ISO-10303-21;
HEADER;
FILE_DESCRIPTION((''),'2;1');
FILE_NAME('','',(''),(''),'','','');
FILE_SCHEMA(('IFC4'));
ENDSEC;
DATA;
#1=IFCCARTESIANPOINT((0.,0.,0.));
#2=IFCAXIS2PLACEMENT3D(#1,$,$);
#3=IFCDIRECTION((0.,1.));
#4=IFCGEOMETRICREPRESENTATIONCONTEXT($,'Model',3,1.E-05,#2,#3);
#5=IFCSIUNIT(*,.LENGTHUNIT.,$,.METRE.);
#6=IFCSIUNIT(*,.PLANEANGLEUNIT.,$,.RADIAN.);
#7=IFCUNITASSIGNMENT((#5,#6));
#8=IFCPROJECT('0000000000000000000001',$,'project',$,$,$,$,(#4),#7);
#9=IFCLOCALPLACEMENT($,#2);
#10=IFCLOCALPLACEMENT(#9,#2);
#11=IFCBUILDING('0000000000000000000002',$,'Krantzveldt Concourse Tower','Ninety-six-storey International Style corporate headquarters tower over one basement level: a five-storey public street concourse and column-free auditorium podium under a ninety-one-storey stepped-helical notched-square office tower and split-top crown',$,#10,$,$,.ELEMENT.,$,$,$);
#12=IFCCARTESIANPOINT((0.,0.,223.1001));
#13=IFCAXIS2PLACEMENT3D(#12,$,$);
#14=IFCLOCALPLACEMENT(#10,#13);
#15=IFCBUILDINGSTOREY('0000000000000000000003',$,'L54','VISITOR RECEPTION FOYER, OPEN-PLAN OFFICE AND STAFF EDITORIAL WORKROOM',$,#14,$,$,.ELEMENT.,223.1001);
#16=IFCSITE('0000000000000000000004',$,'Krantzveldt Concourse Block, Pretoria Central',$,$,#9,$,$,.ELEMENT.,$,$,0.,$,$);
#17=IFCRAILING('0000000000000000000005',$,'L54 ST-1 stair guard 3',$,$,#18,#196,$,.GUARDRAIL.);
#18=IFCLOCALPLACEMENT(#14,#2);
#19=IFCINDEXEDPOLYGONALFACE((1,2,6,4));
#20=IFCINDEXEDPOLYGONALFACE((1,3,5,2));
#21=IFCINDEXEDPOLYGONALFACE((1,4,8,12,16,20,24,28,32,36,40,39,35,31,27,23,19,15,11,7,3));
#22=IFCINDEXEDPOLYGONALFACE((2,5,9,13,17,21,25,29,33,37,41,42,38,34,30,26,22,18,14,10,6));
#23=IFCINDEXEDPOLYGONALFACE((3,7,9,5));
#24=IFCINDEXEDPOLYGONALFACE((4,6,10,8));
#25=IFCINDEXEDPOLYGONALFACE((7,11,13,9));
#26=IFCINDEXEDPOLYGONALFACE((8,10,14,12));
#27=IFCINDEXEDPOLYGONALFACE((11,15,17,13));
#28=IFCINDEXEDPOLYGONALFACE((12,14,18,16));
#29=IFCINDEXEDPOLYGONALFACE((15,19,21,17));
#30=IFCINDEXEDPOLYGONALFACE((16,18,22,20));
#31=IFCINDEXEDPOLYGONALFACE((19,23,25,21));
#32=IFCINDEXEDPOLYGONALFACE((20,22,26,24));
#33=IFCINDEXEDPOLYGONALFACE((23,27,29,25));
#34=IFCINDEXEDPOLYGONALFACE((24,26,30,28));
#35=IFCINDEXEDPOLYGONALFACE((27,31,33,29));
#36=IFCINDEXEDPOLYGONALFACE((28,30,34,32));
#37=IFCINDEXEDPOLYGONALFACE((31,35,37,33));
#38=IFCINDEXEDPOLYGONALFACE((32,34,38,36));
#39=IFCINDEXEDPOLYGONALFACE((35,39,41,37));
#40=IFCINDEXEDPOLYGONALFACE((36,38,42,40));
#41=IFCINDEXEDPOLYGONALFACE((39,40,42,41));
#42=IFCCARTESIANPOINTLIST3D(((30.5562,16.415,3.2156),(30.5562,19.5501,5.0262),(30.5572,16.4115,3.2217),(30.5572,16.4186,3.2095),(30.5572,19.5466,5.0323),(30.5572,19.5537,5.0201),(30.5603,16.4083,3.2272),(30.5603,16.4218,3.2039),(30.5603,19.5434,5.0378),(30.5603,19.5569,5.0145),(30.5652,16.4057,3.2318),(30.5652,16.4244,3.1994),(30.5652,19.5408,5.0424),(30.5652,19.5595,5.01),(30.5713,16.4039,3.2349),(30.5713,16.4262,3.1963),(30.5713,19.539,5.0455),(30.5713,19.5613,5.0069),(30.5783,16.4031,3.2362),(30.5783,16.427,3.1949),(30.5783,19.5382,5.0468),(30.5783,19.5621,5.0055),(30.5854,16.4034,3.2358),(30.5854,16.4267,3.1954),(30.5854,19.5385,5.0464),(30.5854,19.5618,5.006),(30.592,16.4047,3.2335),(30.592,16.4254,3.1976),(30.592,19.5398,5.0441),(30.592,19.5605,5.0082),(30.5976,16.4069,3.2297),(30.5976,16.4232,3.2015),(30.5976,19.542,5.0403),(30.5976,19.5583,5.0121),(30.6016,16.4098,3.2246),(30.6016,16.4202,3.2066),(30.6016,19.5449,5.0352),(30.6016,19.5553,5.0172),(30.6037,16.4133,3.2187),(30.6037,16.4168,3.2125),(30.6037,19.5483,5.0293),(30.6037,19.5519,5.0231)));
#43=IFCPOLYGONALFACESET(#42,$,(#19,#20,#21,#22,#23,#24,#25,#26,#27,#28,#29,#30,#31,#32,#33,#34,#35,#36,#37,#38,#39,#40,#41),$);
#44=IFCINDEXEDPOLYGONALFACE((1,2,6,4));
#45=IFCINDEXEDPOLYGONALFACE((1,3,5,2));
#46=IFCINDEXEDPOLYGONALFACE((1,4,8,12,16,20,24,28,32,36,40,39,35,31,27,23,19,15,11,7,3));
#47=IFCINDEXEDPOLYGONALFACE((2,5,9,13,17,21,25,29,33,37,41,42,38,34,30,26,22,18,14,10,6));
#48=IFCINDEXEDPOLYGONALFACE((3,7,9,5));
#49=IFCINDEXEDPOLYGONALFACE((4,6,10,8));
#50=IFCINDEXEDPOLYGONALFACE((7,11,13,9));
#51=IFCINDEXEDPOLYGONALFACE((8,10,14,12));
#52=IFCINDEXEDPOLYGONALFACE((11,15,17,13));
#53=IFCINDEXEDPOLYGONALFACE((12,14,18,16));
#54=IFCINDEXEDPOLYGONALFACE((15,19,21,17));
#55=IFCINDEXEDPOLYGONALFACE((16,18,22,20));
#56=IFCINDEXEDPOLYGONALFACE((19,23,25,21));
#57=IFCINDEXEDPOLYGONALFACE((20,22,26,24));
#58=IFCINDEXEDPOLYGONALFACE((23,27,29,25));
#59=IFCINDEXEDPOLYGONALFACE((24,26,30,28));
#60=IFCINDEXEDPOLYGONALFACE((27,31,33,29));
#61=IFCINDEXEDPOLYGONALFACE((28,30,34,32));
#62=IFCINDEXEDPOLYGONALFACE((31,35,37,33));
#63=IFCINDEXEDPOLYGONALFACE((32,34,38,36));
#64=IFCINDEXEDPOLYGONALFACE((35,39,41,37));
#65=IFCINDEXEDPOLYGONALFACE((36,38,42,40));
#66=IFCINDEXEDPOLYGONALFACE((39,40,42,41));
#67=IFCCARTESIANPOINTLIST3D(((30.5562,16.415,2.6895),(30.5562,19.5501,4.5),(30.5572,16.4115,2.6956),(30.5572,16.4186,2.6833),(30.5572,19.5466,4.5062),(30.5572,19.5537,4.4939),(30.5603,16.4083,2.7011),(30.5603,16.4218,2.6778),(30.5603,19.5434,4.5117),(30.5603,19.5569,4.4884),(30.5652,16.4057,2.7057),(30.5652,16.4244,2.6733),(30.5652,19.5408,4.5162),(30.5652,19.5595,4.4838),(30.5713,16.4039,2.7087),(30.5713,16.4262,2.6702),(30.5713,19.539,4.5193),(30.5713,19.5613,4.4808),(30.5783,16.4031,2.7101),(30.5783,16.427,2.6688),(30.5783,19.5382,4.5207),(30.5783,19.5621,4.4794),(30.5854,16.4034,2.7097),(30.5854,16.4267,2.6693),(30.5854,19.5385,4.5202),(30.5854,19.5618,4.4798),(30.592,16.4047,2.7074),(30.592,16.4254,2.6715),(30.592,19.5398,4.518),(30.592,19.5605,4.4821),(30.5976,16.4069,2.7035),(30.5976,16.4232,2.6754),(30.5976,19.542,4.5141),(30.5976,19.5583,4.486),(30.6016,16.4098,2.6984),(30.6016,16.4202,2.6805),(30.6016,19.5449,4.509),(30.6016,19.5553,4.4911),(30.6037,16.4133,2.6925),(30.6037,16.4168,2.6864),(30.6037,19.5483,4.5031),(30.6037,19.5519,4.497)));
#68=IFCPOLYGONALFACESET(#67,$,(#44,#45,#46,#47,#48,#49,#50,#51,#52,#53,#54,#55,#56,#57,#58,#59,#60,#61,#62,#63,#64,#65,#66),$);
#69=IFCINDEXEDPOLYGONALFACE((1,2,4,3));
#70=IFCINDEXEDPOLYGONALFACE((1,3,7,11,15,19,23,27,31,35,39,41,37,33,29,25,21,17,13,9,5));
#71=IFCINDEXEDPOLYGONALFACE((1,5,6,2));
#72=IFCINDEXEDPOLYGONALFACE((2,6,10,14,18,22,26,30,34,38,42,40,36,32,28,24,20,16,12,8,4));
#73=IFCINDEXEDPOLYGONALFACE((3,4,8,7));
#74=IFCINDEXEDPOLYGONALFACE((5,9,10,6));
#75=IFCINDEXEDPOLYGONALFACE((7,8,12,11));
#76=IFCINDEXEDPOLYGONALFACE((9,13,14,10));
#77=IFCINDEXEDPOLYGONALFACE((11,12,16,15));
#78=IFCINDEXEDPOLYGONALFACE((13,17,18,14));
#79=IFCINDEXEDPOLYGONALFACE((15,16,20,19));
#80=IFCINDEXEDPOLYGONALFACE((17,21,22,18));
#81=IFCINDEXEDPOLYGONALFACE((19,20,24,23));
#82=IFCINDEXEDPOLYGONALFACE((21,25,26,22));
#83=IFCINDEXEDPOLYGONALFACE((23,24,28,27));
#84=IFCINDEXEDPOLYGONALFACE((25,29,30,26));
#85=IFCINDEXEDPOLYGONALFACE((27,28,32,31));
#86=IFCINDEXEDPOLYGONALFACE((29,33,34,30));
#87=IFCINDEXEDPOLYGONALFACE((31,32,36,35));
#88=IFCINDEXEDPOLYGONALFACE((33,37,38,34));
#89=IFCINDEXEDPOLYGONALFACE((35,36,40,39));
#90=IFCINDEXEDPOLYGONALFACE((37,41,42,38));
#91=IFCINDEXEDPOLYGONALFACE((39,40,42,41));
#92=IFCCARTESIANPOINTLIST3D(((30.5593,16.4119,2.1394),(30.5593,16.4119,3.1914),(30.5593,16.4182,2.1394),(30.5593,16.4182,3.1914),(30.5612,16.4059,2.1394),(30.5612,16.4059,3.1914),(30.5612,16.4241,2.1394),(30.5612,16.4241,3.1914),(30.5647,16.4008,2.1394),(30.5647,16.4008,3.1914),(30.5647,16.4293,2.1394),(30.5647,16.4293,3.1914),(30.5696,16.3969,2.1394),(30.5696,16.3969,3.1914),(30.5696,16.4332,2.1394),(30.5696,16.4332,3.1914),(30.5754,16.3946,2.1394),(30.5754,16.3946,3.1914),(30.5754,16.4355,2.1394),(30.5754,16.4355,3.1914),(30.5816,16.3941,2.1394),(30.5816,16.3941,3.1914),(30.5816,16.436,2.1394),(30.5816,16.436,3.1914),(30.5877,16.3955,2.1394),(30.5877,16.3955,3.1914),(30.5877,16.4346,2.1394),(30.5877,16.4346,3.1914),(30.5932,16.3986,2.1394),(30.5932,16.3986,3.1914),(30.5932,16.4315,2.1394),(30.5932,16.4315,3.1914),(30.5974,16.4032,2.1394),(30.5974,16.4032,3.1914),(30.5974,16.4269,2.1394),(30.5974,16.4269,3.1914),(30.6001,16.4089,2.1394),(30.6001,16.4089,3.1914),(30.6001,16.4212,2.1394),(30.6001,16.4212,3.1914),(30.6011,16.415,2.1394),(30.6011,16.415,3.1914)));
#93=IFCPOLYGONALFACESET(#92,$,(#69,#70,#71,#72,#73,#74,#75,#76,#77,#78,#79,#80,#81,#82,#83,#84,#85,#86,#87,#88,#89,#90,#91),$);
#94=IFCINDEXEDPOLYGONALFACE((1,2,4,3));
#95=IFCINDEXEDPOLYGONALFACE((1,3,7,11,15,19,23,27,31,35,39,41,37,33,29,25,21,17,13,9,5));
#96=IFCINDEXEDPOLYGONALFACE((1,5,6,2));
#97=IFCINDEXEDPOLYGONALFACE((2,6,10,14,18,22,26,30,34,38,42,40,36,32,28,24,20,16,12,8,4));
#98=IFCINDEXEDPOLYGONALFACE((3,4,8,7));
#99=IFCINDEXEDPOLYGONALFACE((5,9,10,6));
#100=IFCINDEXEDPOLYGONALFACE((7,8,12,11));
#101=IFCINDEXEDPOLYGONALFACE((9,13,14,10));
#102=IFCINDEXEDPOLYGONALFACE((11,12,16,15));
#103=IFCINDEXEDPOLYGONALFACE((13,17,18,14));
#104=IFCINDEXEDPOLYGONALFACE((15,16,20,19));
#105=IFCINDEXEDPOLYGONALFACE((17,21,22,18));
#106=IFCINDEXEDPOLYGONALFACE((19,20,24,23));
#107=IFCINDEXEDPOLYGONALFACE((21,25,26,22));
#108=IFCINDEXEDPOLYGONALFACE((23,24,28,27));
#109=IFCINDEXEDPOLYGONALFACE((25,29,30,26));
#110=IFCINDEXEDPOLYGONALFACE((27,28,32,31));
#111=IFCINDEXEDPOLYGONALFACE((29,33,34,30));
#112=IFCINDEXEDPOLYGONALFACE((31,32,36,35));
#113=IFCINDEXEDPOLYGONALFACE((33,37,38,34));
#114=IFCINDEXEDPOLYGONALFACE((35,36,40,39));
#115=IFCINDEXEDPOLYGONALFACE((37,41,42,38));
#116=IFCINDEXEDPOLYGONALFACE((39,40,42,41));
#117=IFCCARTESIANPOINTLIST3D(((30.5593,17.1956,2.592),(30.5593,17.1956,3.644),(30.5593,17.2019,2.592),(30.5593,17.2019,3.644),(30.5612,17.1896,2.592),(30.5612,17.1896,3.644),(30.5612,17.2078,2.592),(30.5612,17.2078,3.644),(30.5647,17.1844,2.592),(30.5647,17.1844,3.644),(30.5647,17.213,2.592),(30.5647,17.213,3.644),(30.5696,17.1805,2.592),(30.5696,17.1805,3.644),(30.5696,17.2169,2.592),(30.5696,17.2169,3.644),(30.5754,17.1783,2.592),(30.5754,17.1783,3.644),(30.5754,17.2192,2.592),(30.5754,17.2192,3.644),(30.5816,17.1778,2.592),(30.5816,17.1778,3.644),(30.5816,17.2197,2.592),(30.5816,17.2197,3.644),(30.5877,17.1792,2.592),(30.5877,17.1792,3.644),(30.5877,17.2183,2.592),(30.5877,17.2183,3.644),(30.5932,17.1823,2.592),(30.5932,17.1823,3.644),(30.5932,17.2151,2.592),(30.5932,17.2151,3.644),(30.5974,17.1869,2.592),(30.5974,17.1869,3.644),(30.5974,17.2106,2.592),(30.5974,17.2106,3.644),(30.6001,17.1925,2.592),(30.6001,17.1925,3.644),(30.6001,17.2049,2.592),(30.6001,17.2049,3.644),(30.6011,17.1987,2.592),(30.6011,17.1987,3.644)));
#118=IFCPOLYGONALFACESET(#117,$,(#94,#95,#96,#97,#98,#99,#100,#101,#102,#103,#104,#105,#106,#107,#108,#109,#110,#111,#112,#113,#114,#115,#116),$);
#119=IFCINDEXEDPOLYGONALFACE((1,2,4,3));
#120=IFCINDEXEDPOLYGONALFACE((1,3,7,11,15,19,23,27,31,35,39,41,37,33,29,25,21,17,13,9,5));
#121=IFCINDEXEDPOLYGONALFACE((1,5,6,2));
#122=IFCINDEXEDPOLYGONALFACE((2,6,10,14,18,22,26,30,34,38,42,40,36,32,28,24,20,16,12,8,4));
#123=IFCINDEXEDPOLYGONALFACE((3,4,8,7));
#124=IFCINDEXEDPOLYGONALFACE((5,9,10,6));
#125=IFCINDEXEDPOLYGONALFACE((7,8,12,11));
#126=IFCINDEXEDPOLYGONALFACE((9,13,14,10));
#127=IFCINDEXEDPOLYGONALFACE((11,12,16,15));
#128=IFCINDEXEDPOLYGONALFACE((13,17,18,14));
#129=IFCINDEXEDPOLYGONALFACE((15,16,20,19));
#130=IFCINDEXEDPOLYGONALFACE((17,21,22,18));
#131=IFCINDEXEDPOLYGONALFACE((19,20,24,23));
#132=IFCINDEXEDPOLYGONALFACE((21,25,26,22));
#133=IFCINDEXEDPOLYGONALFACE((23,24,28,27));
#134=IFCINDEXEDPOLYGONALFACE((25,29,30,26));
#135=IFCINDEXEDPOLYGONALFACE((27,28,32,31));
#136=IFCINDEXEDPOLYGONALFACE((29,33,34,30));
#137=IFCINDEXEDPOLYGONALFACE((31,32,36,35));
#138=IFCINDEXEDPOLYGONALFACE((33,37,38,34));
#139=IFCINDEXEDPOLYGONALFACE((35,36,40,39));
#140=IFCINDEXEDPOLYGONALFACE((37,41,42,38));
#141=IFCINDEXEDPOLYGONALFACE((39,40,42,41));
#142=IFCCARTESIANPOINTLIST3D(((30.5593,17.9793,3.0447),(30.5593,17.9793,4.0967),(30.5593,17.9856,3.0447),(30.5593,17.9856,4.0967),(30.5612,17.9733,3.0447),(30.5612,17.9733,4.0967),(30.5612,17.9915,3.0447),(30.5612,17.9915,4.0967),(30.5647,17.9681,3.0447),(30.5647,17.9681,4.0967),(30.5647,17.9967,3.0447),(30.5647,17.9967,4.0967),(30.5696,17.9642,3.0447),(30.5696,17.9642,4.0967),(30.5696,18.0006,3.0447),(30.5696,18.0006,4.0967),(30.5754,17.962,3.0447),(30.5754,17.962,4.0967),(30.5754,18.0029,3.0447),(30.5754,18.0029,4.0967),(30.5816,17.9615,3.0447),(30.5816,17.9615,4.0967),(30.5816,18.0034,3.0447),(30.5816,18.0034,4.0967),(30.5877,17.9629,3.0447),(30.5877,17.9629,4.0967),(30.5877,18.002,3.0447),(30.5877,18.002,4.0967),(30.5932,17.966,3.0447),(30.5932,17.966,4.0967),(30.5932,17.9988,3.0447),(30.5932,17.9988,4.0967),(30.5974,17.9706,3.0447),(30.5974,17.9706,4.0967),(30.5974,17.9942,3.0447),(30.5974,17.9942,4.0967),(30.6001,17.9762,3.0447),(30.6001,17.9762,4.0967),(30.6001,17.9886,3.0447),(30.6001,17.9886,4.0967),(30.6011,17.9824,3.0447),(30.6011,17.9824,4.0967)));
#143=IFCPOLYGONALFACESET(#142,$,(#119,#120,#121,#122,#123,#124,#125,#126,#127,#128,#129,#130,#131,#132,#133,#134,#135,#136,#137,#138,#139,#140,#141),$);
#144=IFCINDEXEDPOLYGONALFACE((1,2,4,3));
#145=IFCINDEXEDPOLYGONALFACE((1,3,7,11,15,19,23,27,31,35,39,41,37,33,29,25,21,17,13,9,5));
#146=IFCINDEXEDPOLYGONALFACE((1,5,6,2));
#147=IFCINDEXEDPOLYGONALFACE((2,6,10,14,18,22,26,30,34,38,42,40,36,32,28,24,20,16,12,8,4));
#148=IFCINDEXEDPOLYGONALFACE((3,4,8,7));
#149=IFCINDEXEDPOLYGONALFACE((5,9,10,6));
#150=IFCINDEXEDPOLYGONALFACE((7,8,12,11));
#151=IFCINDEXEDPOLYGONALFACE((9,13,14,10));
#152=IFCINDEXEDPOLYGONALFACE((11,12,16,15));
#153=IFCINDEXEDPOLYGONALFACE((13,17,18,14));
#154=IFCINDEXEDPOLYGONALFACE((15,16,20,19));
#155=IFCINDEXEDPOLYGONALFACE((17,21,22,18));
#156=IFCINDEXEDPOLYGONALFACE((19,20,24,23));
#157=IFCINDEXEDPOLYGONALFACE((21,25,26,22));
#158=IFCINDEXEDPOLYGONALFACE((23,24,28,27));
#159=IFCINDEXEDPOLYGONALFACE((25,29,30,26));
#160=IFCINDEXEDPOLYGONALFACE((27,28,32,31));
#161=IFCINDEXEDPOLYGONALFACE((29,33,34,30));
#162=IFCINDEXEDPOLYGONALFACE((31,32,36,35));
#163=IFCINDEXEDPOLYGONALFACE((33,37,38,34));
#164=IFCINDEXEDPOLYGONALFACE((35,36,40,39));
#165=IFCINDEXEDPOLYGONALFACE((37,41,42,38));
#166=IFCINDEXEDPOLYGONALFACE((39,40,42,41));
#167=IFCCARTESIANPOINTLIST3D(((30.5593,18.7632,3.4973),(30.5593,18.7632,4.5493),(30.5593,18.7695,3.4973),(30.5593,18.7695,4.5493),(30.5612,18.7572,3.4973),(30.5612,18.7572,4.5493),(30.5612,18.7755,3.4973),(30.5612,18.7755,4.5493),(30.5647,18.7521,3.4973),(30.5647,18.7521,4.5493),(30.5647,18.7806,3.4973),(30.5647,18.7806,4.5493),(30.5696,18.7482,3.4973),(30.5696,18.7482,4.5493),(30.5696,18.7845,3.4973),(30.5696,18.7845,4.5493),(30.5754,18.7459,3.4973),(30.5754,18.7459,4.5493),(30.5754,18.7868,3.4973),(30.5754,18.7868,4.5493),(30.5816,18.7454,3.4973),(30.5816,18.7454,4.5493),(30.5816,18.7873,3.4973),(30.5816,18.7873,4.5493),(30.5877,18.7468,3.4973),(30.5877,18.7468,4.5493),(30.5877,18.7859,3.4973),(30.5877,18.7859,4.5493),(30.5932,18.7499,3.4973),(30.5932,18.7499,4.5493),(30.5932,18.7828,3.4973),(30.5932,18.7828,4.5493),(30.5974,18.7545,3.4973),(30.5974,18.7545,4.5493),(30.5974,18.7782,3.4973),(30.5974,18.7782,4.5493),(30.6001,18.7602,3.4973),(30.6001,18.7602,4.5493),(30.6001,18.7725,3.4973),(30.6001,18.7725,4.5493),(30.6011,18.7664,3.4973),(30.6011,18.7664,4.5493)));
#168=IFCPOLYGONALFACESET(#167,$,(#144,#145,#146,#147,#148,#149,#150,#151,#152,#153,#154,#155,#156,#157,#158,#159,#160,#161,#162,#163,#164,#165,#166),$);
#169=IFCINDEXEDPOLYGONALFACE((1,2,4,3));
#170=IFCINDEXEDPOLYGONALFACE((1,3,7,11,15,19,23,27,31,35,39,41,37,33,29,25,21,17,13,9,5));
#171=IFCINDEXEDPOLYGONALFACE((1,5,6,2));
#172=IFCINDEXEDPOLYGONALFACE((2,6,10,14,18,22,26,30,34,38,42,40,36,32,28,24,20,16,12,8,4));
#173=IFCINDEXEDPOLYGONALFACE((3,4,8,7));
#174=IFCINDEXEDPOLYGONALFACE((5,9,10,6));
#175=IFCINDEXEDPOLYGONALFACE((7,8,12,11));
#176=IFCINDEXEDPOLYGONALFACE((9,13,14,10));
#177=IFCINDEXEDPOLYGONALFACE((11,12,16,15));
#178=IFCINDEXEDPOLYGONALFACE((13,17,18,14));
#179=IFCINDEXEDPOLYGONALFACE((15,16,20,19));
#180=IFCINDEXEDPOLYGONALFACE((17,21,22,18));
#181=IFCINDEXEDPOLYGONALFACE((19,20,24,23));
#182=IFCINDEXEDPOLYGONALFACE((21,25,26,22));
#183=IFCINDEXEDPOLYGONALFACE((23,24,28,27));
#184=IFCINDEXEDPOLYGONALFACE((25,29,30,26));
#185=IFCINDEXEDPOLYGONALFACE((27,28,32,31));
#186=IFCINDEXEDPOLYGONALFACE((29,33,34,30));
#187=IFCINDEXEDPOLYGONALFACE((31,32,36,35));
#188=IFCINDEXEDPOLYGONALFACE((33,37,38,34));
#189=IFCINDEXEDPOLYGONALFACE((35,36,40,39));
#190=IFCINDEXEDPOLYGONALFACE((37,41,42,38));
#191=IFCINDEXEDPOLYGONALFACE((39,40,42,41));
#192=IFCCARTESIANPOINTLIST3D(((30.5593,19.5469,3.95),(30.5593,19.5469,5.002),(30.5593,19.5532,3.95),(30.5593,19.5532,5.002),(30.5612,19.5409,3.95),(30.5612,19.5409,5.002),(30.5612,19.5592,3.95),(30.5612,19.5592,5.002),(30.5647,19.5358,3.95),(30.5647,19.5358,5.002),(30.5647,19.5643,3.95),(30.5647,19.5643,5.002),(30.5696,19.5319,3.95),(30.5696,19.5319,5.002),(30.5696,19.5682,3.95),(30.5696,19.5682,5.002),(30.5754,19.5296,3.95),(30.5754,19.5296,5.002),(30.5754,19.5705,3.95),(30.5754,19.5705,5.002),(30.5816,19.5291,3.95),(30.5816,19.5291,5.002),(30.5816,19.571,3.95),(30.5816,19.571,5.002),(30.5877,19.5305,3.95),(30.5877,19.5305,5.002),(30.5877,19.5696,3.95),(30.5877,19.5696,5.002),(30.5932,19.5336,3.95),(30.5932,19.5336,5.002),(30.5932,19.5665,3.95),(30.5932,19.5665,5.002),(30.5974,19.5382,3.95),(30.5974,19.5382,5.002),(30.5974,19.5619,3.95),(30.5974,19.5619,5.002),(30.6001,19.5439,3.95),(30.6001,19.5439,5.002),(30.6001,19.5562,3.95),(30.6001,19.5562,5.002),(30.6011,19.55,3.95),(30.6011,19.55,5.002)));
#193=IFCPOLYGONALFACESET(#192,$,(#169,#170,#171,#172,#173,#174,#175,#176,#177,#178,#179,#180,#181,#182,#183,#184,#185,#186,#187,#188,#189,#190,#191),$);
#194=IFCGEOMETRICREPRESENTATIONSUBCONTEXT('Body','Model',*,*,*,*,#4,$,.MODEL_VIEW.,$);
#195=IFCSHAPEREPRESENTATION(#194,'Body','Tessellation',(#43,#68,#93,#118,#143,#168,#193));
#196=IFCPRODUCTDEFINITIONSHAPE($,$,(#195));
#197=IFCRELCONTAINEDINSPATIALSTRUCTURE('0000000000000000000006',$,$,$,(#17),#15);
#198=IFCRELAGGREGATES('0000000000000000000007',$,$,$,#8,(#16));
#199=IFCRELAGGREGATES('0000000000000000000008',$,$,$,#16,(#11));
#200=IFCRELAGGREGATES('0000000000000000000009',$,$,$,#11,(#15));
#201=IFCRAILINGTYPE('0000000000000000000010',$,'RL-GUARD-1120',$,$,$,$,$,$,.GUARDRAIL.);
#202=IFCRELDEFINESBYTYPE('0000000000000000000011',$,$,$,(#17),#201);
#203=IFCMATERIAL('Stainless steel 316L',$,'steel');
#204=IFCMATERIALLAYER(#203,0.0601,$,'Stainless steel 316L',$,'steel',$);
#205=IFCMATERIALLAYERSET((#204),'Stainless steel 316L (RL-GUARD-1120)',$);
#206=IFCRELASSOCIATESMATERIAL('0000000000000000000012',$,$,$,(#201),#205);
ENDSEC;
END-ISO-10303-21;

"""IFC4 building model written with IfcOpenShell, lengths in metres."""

from ifc_helpers import new_model, si_unit, direction, frame, origin, origin_2d, place, context, subcontext, project, spatial, circle, extrude, material, layer, layer_set, type_object, element, save


model = new_model("IFC4")

# Units and contexts
model_context = context("Model", 3, precision=1e-05, world=origin(), true_north=direction((0.0, 1.0)))
body_context = subcontext(model_context, "Body", "Model", "MODEL_VIEW")
ifc_project = project(units=[si_unit("LENGTHUNIT", "METRE"), si_unit("PLANEANGLEUNIT", "RADIAN")], contexts=[model_context])

# Site, building, storey
site_placement = place(None, origin())
site = spatial("IfcSite", under=ifc_project, at=site_placement, Name="Krantzveldt Concourse Block, Pretoria Central", CompositionType="ELEMENT", RefElevation=0.0)
building_placement = place(site_placement, origin())
building = spatial("IfcBuilding", under=site, at=building_placement, Name="Krantzveldt Concourse Tower", Description="Ninety-six-storey International Style corporate headquarters tower over one basement level: a five-storey public street concourse and column-free auditorium podium under a ninety-one-storey stepped-helical notched-square office tower and split-top crown", CompositionType="ELEMENT")
storey_placement = place(building_placement, frame((0.0, 0.0, 223.1001)))
storey = spatial("IfcBuildingStorey", under=building, at=storey_placement, Name="L54", Description="VISITOR RECEPTION FOYER, OPEN-PLAN OFFICE AND STAFF EDITORIAL WORKROOM", CompositionType="ELEMENT", Elevation=223.1001)

# Railing
ifc_material_1 = material(Name="Stainless steel 316L", Category="steel")
ifc_layer_1 = layer(ifc_material_1, 0.0601, Name="Stainless steel 316L", Category="steel")
ifc_layer_set_1 = layer_set([ifc_layer_1], Name="Stainless steel 316L (RL-GUARD-1120)")
railing_type_1 = type_object("IfcRailingType", Name="RL-GUARD-1120", PredefinedType="GUARDRAIL", material=ifc_layer_set_1)
railing_1_placement = place(storey_placement, frame((30.5801, 16.415, 2.1394)))
element("IfcRailing", 1, at=railing_1_placement, inside=storey, type_object=railing_type_1, Name="L54 ST-1 stair guard 3", PredefinedType="GUARDRAIL", context=body_context, shape_type="SweptSolid", body=[
    extrude(circle(Radius=0.0239, at=origin_2d()), frame((0.0, 0.0, 1.0762), z_axis=(0.0, 0.86596, 0.500114), x_axis=(-1.0, 0.0, 0.0)), (0.0, 0.0, 1.0), 3.6204),
    extrude(circle(Radius=0.0239, at=origin_2d()), frame((0.0, 0.0, 0.55), z_axis=(0.0, 0.86596, 0.500114), x_axis=(-1.0, 0.0, 0.0)), (0.0, 0.0, 1.0), 3.6204),
    extrude(circle(Radius=0.021, at=origin_2d()), origin(), (0.0, 0.0, 1.0), 1.052),
    extrude(circle(Radius=0.021, at=origin_2d()), frame((0.0, 0.7837, 0.4526)), (0.0, 0.0, 1.0), 1.052),
    extrude(circle(Radius=0.021, at=origin_2d()), frame((0.0, 1.5674, 0.9053)), (0.0, 0.0, 1.0), 1.052),
    extrude(circle(Radius=0.021, at=origin_2d()), frame((0.0, 2.3513, 1.3579)), (0.0, 0.0, 1.0), 1.052),
    extrude(circle(Radius=0.021, at=origin_2d()), frame((0.0, 3.135, 1.8105)), (0.0, 0.0, 1.0), 1.052),
])

save(model, "model.ifc")
